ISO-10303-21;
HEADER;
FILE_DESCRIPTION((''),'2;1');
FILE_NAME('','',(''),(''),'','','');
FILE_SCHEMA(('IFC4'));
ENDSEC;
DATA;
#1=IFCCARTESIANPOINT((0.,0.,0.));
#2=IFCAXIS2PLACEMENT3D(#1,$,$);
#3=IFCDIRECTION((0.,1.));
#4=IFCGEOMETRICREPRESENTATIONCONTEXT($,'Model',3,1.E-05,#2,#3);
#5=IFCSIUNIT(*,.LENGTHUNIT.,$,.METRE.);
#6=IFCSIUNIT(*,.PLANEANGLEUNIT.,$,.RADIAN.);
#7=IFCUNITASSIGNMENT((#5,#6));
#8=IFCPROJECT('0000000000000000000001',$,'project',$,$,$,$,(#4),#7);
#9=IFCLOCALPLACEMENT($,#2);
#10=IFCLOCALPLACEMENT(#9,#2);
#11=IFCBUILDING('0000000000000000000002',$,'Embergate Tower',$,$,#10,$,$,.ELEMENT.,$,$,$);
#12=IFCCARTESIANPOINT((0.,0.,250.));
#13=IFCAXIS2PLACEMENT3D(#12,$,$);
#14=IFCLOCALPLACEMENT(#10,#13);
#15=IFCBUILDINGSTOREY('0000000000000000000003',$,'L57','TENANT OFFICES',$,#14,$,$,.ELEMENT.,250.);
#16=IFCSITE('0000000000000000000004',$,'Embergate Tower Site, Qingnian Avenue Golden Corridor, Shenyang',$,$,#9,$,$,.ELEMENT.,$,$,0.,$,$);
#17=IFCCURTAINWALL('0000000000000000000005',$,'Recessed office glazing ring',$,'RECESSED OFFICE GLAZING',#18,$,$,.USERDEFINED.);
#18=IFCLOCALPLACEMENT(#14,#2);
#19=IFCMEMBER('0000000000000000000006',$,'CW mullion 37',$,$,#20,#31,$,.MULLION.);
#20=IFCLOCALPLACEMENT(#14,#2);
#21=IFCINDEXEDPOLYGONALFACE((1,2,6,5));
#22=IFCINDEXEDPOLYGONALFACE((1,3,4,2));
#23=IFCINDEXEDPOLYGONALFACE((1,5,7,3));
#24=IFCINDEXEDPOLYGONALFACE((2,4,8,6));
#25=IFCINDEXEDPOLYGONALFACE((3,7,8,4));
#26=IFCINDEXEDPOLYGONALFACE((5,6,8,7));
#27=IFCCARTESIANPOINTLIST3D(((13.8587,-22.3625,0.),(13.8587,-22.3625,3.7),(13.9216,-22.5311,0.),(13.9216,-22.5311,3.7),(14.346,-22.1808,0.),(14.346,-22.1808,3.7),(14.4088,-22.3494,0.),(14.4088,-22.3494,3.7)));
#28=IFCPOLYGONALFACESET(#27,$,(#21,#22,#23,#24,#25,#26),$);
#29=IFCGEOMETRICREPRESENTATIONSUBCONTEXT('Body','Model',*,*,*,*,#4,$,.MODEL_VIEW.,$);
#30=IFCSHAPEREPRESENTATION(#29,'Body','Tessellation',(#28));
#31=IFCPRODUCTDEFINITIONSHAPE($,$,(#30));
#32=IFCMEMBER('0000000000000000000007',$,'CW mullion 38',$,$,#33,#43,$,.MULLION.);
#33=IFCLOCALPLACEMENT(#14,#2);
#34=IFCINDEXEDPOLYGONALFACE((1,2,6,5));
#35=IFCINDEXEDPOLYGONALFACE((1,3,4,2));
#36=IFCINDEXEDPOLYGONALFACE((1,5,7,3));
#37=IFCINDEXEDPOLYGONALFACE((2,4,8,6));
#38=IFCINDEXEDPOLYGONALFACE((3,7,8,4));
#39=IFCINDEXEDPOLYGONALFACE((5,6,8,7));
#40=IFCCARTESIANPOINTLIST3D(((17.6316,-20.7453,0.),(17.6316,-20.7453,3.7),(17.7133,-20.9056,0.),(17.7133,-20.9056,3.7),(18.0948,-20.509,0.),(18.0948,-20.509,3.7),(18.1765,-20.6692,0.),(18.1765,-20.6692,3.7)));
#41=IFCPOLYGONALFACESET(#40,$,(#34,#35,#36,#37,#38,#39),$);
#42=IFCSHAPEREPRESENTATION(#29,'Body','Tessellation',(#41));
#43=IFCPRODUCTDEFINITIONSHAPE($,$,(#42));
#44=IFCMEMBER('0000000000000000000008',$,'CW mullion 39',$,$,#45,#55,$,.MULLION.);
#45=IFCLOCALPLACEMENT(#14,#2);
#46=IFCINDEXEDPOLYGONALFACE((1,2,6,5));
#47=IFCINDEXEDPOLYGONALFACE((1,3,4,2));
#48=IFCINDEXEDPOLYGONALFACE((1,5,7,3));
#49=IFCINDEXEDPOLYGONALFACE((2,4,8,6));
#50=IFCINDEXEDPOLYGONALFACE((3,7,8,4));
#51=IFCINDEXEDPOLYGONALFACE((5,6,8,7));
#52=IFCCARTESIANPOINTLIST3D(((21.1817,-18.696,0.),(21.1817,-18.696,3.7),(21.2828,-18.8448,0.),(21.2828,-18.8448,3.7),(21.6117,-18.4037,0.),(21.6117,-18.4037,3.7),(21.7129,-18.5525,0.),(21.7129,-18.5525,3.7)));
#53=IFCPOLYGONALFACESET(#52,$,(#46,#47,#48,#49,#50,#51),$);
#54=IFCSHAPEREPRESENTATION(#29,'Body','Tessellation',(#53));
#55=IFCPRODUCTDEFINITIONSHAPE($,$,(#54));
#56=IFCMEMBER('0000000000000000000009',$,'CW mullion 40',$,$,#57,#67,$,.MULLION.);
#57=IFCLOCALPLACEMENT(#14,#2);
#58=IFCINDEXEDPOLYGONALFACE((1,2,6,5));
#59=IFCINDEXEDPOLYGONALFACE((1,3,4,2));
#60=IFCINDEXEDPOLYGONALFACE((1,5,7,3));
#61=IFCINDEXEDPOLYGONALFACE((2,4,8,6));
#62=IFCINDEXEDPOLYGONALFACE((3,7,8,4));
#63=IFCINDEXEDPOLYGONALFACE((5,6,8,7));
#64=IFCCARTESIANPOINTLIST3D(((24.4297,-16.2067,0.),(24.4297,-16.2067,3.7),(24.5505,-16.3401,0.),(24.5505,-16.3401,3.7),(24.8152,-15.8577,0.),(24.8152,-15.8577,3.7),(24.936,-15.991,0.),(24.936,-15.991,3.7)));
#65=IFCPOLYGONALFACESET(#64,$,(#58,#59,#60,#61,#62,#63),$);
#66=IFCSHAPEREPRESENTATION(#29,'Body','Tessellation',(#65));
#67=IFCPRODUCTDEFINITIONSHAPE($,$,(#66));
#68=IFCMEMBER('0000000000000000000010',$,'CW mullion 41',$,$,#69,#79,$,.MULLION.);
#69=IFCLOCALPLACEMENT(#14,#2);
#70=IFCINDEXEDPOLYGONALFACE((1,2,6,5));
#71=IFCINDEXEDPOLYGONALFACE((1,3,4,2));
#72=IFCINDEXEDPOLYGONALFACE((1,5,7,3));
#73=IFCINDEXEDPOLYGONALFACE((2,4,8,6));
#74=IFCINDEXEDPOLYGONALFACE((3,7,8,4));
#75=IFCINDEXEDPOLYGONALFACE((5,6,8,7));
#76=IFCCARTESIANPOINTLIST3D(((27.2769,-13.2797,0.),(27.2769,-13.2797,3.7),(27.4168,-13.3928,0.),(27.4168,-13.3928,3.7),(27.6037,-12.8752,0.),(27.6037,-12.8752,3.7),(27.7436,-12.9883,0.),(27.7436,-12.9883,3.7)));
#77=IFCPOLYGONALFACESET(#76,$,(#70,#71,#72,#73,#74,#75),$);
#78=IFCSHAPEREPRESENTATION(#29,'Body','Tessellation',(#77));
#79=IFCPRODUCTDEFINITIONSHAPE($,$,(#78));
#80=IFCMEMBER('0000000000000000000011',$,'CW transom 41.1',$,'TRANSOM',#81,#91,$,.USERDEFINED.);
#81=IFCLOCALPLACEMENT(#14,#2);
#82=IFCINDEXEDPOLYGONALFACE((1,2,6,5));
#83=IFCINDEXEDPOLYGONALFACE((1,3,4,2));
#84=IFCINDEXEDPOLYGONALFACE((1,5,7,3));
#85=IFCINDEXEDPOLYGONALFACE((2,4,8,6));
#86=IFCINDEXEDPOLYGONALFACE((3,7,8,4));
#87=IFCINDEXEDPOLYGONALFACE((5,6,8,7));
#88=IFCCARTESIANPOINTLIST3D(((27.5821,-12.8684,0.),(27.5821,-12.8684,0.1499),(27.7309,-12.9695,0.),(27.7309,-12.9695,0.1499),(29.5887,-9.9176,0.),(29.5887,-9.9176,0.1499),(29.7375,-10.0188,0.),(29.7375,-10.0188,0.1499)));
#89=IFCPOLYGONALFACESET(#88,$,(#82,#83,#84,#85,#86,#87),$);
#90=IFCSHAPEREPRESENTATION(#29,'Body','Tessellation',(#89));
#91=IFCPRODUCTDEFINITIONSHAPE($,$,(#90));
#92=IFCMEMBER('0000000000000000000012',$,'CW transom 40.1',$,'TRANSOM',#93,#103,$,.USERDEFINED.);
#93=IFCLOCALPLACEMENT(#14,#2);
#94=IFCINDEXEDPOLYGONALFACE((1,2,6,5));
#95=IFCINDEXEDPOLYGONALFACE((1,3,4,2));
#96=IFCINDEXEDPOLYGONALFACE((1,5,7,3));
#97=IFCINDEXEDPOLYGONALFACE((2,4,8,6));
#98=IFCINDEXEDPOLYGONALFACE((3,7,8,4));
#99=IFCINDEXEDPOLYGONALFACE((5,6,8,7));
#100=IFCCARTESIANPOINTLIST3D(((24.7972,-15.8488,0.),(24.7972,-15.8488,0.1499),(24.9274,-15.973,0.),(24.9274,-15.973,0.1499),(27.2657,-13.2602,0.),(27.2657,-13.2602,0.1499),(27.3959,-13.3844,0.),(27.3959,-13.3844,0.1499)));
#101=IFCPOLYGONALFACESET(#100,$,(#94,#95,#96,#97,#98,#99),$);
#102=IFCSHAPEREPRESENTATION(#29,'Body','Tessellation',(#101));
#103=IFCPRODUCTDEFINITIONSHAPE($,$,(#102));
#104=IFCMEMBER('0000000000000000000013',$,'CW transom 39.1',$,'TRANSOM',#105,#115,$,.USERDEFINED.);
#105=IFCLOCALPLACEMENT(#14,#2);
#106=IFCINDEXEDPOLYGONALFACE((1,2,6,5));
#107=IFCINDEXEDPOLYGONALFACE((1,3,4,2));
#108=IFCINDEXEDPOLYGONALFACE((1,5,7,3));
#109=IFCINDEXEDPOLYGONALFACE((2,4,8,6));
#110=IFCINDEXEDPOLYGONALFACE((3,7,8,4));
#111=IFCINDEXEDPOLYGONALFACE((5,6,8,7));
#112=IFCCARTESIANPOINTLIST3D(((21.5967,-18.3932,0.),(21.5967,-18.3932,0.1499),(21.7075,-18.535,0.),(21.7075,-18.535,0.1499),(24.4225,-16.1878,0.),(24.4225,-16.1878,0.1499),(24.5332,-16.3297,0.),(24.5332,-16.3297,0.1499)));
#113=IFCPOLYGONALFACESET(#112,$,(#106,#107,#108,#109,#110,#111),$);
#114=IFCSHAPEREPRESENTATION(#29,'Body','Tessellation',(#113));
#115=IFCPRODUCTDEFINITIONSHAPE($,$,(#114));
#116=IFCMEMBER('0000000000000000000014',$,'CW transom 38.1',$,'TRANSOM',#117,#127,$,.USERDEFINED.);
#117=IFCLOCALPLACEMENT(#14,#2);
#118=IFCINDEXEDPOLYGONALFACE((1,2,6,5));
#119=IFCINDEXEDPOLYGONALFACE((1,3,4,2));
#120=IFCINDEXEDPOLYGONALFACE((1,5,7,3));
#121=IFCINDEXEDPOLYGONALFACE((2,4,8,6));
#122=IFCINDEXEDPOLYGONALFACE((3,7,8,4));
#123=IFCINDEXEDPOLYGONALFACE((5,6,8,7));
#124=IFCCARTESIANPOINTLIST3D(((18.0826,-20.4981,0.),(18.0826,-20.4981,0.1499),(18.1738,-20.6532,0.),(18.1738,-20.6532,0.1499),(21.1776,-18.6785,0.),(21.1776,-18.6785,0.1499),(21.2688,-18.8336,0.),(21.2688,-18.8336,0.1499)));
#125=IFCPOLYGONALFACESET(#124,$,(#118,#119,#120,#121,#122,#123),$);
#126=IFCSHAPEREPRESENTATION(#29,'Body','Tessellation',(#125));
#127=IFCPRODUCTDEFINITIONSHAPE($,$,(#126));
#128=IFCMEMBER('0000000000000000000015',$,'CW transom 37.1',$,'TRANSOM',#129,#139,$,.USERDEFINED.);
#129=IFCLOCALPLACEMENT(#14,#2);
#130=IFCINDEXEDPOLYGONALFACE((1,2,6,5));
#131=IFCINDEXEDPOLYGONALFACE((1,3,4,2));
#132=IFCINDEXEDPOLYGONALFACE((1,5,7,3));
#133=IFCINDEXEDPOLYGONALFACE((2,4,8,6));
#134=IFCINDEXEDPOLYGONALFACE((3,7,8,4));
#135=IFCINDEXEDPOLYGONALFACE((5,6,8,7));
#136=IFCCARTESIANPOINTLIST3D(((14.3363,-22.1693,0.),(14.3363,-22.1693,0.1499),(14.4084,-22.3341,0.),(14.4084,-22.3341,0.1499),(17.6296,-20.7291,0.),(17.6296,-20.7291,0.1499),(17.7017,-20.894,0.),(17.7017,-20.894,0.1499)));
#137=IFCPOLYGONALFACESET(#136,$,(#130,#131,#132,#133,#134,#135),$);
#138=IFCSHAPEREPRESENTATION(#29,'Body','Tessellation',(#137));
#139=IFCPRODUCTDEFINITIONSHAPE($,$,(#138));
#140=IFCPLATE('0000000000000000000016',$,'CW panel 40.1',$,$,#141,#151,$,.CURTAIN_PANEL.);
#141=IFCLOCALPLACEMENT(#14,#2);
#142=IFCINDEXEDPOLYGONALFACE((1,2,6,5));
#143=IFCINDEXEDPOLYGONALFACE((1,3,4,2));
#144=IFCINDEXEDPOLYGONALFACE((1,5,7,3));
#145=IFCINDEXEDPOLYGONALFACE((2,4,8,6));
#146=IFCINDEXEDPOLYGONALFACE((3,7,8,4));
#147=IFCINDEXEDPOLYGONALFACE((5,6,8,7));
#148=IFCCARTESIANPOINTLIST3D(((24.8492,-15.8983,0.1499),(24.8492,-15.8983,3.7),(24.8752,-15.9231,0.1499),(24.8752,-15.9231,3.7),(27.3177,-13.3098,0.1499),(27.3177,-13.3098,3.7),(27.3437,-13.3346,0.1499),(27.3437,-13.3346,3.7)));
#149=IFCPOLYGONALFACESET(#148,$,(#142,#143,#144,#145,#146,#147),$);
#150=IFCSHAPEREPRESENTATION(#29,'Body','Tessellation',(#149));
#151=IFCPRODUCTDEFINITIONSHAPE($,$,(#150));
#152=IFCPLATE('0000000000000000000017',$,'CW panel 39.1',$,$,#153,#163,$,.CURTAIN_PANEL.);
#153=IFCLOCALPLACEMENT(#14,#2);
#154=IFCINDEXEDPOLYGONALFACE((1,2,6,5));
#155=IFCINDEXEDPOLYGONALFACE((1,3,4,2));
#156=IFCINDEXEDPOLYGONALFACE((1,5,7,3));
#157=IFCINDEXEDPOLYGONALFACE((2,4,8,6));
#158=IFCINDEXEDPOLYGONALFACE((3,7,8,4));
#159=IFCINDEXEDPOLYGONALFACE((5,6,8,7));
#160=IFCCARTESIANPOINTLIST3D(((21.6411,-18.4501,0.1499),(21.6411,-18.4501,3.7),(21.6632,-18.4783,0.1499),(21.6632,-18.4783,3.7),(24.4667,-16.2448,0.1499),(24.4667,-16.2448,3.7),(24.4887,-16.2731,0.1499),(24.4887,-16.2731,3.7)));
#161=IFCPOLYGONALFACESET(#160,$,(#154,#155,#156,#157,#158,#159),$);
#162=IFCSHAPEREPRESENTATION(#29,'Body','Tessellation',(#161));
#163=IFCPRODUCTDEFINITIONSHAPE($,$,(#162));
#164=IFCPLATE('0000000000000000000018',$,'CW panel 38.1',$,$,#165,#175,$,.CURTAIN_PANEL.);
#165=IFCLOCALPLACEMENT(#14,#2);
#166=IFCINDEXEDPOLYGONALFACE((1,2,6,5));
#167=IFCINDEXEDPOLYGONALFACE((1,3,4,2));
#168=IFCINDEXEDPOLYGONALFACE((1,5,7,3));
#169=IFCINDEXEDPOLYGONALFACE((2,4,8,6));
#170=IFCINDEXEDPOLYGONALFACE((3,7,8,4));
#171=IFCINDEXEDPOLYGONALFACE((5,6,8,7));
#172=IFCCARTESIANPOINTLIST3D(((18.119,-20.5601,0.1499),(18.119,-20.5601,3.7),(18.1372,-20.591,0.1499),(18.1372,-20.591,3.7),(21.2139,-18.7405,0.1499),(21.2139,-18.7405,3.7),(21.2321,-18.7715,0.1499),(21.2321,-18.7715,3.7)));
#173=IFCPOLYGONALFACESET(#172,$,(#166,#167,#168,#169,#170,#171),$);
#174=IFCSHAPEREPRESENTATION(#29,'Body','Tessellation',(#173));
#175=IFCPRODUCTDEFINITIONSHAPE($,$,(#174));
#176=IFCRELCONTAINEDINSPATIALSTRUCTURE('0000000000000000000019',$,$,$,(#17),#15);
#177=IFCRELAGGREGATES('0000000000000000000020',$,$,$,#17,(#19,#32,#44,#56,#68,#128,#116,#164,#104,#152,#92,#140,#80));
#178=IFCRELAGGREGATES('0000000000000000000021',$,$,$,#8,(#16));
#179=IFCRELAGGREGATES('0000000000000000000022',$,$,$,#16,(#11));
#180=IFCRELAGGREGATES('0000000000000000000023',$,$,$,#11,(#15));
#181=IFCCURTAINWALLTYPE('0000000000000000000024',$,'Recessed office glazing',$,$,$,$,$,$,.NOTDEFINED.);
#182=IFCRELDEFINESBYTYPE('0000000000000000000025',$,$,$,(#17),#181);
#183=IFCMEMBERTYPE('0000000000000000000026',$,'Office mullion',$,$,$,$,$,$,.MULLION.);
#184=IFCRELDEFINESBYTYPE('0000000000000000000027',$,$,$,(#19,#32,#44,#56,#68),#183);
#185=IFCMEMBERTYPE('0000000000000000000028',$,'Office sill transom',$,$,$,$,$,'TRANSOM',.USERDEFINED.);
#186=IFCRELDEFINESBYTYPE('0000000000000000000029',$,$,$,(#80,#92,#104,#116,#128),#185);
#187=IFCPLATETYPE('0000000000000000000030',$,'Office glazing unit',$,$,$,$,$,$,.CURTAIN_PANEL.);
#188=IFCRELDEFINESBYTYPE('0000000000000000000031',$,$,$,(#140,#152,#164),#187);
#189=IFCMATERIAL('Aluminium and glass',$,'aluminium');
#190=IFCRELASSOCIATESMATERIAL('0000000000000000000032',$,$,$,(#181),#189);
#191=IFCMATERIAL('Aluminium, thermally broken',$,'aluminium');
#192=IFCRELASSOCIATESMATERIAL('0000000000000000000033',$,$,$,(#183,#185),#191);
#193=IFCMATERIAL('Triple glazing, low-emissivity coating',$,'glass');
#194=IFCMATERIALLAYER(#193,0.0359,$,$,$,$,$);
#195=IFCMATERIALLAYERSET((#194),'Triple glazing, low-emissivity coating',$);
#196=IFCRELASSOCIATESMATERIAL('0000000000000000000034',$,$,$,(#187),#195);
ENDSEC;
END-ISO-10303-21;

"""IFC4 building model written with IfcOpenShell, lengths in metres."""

from ifc_helpers import new_model, si_unit, direction, frame, origin, origin_2d, place, context, subcontext, project, spatial, rectangle, extrude, source, transform, mapped, material, layer, layer_set, material_profile, profile_set, type_object, element, aggregate, save


model = new_model("IFC4")

# Units and contexts
model_context = context("Model", 3, precision=1e-05, world=origin(), true_north=direction((0.0, 1.0)))
body_context = subcontext(model_context, "Body", "Model", "MODEL_VIEW")
ifc_project = project(units=[si_unit("LENGTHUNIT", "METRE"), si_unit("PLANEANGLEUNIT", "RADIAN")], contexts=[model_context])

# Site, building, storey
site_placement = place(None, origin())
site = spatial("IfcSite", under=ifc_project, at=site_placement, Name="Embergate Tower Site, Qingnian Avenue Golden Corridor, Shenyang", CompositionType="ELEMENT", RefElevation=0.0)
building_placement = place(site_placement, origin())
building = spatial("IfcBuilding", under=site, at=building_placement, Name="Embergate Tower", CompositionType="ELEMENT")
storey_placement = place(building_placement, frame((0.0, 0.0, 250.0)))
storey = spatial("IfcBuildingStorey", under=building, at=storey_placement, Name="L57", Description="TENANT OFFICES", CompositionType="ELEMENT", Elevation=250.0)

# Curtain wall, members, plates
ifc_material_1 = material(Name="Aluminium and glass", Category="aluminium")
curtain_wall_type = type_object("IfcCurtainWallType", Name="Recessed office glazing", PredefinedType="NOTDEFINED", material=ifc_material_1)
curtain_wall_placement = place(storey_placement, origin())
curtain_wall = element("IfcCurtainWall", 1, at=curtain_wall_placement, inside=storey, type_object=curtain_wall_type, Name="Recessed office glazing ring", ObjectType="RECESSED OFFICE GLAZING", PredefinedType="USERDEFINED")
ifc_material_2 = material(Name="Aluminium, thermally broken", Category="aluminium")
ifc_material_profile_1 = material_profile(ifc_material_2, rectangle(XDim=0.1799, YDim=0.52, at=origin_2d()), Name="AL 520x180")
ifc_profile_set_1 = profile_set([ifc_material_profile_1], Name="Aluminium, thermally broken")
member_type_1 = type_object("IfcMemberType", Name="Office mullion", PredefinedType="MULLION", material=ifc_profile_set_1)
shared_shape_1 = source(origin(), body_context, "Body", "SweptSolid", [
    extrude(rectangle(XDim=0.1799, YDim=0.52, at=origin_2d()), origin(), (0.0, 0.0, 1.0), 3.7),
])
member_1_placement = place(storey_placement, frame((14.1338, -22.356, 0.0), z_axis=(0.0, 0.0, 1.0), x_axis=(-0.349503, 0.936935, 0.0)))
member_1 = element("IfcMember", 2, at=member_1_placement, type_object=member_type_1, Name="CW mullion 37", PredefinedType="MULLION", context=body_context, shape_type="MappedRepresentation", body=[
    mapped(shared_shape_1, transform((0.0, 0.0, 0.0))),
])
member_2_placement = place(storey_placement, frame((17.9041, -20.7073, 0.0), z_axis=(0.0, 0.0, 1.0), x_axis=(-0.45451, 0.890742, 0.0)))
member_2 = element("IfcMember", 3, at=member_2_placement, type_object=member_type_1, Name="CW mullion 38", PredefinedType="MULLION", context=body_context, shape_type="MappedRepresentation", body=[
    mapped(shared_shape_1, transform((0.0, 0.0, 0.0))),
])
member_3_placement = place(storey_placement, frame((21.4473, -18.6243, 0.0), z_axis=(0.0, 0.0, 1.0), x_axis=(-0.562215, 0.826991, 0.0)))
member_3 = element("IfcMember", 4, at=member_3_placement, type_object=member_type_1, Name="CW mullion 39", PredefinedType="MULLION", context=body_context, shape_type="MappedRepresentation", body=[
    mapped(shared_shape_1, transform((0.0, 0.0, 0.0))),
])
member_4_placement = place(storey_placement, frame((24.6829, -16.0989, 0.0), z_axis=(0.0, 0.0, 1.0), x_axis=(-0.671224, 0.741255, 0.0)))
member_4 = element("IfcMember", 5, at=member_4_placement, type_object=member_type_1, Name="CW mullion 40", PredefinedType="MULLION", context=body_context, shape_type="MappedRepresentation", body=[
    mapped(shared_shape_1, transform((0.0, 0.0, 0.0))),
])
member_5_placement = place(storey_placement, frame((27.5103, -13.134, 0.0), z_axis=(0.0, 0.0, 1.0), x_axis=(-0.777868, 0.628427, 0.0)))
member_5 = element("IfcMember", 6, at=member_5_placement, type_object=member_type_1, Name="CW mullion 41", PredefinedType="MULLION", context=body_context, shape_type="MappedRepresentation", body=[
    mapped(shared_shape_1, transform((0.0, 0.0, 0.0))),
])
ifc_material_profile_2 = material_profile(ifc_material_2, rectangle(XDim=0.1799, YDim=0.1499, at=origin_2d()), Name="AL 150x180")
ifc_profile_set_2 = profile_set([ifc_material_profile_2], Name="Aluminium, thermally broken")
member_type_2 = type_object("IfcMemberType", Name="Office sill transom", ElementType="TRANSOM", PredefinedType="USERDEFINED", material=ifc_profile_set_2)
shared_shape_2 = source(origin(), body_context, "Body", "SweptSolid", [
    extrude(rectangle(XDim=0.1799, YDim=0.1499, at=origin_2d()), origin(), (0.0, 0.0, 1.0), 3.5684),
])
member_6_placement = place(storey_placement, frame((27.6565, -12.9189, 0.075), z_axis=(0.562334, 0.82691, 0.0), x_axis=(-0.82691, 0.562334, 0.0)))
member_6 = element("IfcMember", 7, at=member_6_placement, type_object=member_type_2, Name="CW transom 41.1", ObjectType="TRANSOM", PredefinedType="USERDEFINED", context=body_context, shape_type="MappedRepresentation", body=[
    mapped(shared_shape_2, transform((0.0, 0.0, 0.0))),
])
shared_shape_3 = source(origin(), body_context, "Body", "SweptSolid", [
    extrude(rectangle(XDim=0.1799, YDim=0.1499, at=origin_2d()), origin(), (0.0, 0.0, 1.0), 3.5769),
])
member_7_placement = place(storey_placement, frame((24.8623, -15.9109, 0.075), z_axis=(0.690117, 0.723698, 0.0), x_axis=(-0.723698, 0.690117, 0.0)))
member_7 = element("IfcMember", 8, at=member_7_placement, type_object=member_type_2, Name="CW transom 40.1", ObjectType="TRANSOM", PredefinedType="USERDEFINED", context=body_context, shape_type="MappedRepresentation", body=[
    mapped(shared_shape_3, transform((0.0, 0.0, 0.0))),
])
shared_shape_4 = source(origin(), body_context, "Body", "SweptSolid", [
    extrude(rectangle(XDim=0.1799, YDim=0.1499, at=origin_2d()), origin(), (0.0, 0.0, 1.0), 3.5845),
])
member_8_placement = place(storey_placement, frame((21.6521, -18.4641, 0.075), z_axis=(0.788328, 0.615255, 0.0), x_axis=(-0.615255, 0.788328, 0.0)))
member_8 = element("IfcMember", 9, at=member_8_placement, type_object=member_type_2, Name="CW transom 39.1", ObjectType="TRANSOM", PredefinedType="USERDEFINED", context=body_context, shape_type="MappedRepresentation", body=[
    mapped(shared_shape_4, transform((0.0, 0.0, 0.0))),
])
shared_shape_5 = source(origin(), body_context, "Body", "SweptSolid", [
    extrude(rectangle(XDim=0.1799, YDim=0.1499, at=origin_2d()), origin(), (0.0, 0.0, 1.0), 3.5903),
])
member_9_placement = place(storey_placement, frame((18.1282, -20.5757, 0.075), z_axis=(0.862055, 0.506815, 0.0), x_axis=(-0.506815, 0.862055, 0.0)))
member_9 = element("IfcMember", 10, at=member_9_placement, type_object=member_type_2, Name="CW transom 38.1", ObjectType="TRANSOM", PredefinedType="USERDEFINED", context=body_context, shape_type="MappedRepresentation", body=[
    mapped(shared_shape_5, transform((0.0, 0.0, 0.0))),
])
shared_shape_6 = source(origin(), body_context, "Body", "SweptSolid", [
    extrude(rectangle(XDim=0.1799, YDim=0.1499, at=origin_2d()), origin(), (0.0, 0.0, 1.0), 3.5945),
])
member_10_placement = place(storey_placement, frame((14.3723, -22.2517, 0.075), z_axis=(0.916229, 0.400655, 0.0), x_axis=(-0.400655, 0.916229, 0.0)))
member_10 = element("IfcMember", 11, at=member_10_placement, type_object=member_type_2, Name="CW transom 37.1", ObjectType="TRANSOM", PredefinedType="USERDEFINED", context=body_context, shape_type="MappedRepresentation", body=[
    mapped(shared_shape_6, transform((0.0, 0.0, 0.0))),
])
ifc_material_3 = material(Name="Triple glazing, low-emissivity coating", Category="glass")
ifc_layer = layer(ifc_material_3, 0.0359)
ifc_layer_set = layer_set([ifc_layer], Name="Triple glazing, low-emissivity coating")
plate_type = type_object("IfcPlateType", Name="Office glazing unit", PredefinedType="CURTAIN_PANEL", material=ifc_layer_set)
shared_shape_7 = source(origin(), body_context, "Body", "SweptSolid", [
    extrude(rectangle(XDim=3.5769, YDim=0.0359, at=origin_2d()), origin(), (0.0, 0.0, 1.0), 3.55),
])
plate_1_placement = place(storey_placement, frame((26.0964, -14.6165, 0.1499), z_axis=(0.0, 0.0, 1.0), x_axis=(0.690134, 0.723682, 0.0)))
plate_1 = element("IfcPlate", 12, at=plate_1_placement, type_object=plate_type, Name="CW panel 40.1", PredefinedType="CURTAIN_PANEL", context=body_context, shape_type="MappedRepresentation", body=[
    mapped(shared_shape_7, transform((0.0, 0.0, 0.0))),
])
shared_shape_8 = source(origin(), body_context, "Body", "SweptSolid", [
    extrude(rectangle(XDim=3.5842, YDim=0.0359, at=origin_2d()), origin(), (0.0, 0.0, 1.0), 3.55),
])
plate_2_placement = place(storey_placement, frame((23.0649, -17.3616, 0.1499), z_axis=(0.0, 0.0, 1.0), x_axis=(0.788319, 0.615267, 0.0)))
plate_2 = element("IfcPlate", 13, at=plate_2_placement, type_object=plate_type, Name="CW panel 39.1", PredefinedType="CURTAIN_PANEL", context=body_context, shape_type="MappedRepresentation", body=[
    mapped(shared_shape_8, transform((0.0, 0.0, 0.0))),
])
shared_shape_9 = source(origin(), body_context, "Body", "SweptSolid", [
    extrude(rectangle(XDim=3.5901, YDim=0.0359, at=origin_2d()), origin(), (0.0, 0.0, 1.0), 3.55),
])
plate_3_placement = place(storey_placement, frame((19.6755, -19.6658, 0.1499), z_axis=(0.0, 0.0, 1.0), x_axis=(0.862051, 0.506821, 0.0)))
plate_3 = element("IfcPlate", 14, at=plate_3_placement, type_object=plate_type, Name="CW panel 38.1", PredefinedType="CURTAIN_PANEL", context=body_context, shape_type="MappedRepresentation", body=[
    mapped(shared_shape_9, transform((0.0, 0.0, 0.0))),
])
aggregate(curtain_wall, [member_1, member_2, member_3, member_4, member_5, member_10, member_9, plate_3, member_8, plate_2, member_7, plate_1, member_6])

save(model, "model.ifc")
